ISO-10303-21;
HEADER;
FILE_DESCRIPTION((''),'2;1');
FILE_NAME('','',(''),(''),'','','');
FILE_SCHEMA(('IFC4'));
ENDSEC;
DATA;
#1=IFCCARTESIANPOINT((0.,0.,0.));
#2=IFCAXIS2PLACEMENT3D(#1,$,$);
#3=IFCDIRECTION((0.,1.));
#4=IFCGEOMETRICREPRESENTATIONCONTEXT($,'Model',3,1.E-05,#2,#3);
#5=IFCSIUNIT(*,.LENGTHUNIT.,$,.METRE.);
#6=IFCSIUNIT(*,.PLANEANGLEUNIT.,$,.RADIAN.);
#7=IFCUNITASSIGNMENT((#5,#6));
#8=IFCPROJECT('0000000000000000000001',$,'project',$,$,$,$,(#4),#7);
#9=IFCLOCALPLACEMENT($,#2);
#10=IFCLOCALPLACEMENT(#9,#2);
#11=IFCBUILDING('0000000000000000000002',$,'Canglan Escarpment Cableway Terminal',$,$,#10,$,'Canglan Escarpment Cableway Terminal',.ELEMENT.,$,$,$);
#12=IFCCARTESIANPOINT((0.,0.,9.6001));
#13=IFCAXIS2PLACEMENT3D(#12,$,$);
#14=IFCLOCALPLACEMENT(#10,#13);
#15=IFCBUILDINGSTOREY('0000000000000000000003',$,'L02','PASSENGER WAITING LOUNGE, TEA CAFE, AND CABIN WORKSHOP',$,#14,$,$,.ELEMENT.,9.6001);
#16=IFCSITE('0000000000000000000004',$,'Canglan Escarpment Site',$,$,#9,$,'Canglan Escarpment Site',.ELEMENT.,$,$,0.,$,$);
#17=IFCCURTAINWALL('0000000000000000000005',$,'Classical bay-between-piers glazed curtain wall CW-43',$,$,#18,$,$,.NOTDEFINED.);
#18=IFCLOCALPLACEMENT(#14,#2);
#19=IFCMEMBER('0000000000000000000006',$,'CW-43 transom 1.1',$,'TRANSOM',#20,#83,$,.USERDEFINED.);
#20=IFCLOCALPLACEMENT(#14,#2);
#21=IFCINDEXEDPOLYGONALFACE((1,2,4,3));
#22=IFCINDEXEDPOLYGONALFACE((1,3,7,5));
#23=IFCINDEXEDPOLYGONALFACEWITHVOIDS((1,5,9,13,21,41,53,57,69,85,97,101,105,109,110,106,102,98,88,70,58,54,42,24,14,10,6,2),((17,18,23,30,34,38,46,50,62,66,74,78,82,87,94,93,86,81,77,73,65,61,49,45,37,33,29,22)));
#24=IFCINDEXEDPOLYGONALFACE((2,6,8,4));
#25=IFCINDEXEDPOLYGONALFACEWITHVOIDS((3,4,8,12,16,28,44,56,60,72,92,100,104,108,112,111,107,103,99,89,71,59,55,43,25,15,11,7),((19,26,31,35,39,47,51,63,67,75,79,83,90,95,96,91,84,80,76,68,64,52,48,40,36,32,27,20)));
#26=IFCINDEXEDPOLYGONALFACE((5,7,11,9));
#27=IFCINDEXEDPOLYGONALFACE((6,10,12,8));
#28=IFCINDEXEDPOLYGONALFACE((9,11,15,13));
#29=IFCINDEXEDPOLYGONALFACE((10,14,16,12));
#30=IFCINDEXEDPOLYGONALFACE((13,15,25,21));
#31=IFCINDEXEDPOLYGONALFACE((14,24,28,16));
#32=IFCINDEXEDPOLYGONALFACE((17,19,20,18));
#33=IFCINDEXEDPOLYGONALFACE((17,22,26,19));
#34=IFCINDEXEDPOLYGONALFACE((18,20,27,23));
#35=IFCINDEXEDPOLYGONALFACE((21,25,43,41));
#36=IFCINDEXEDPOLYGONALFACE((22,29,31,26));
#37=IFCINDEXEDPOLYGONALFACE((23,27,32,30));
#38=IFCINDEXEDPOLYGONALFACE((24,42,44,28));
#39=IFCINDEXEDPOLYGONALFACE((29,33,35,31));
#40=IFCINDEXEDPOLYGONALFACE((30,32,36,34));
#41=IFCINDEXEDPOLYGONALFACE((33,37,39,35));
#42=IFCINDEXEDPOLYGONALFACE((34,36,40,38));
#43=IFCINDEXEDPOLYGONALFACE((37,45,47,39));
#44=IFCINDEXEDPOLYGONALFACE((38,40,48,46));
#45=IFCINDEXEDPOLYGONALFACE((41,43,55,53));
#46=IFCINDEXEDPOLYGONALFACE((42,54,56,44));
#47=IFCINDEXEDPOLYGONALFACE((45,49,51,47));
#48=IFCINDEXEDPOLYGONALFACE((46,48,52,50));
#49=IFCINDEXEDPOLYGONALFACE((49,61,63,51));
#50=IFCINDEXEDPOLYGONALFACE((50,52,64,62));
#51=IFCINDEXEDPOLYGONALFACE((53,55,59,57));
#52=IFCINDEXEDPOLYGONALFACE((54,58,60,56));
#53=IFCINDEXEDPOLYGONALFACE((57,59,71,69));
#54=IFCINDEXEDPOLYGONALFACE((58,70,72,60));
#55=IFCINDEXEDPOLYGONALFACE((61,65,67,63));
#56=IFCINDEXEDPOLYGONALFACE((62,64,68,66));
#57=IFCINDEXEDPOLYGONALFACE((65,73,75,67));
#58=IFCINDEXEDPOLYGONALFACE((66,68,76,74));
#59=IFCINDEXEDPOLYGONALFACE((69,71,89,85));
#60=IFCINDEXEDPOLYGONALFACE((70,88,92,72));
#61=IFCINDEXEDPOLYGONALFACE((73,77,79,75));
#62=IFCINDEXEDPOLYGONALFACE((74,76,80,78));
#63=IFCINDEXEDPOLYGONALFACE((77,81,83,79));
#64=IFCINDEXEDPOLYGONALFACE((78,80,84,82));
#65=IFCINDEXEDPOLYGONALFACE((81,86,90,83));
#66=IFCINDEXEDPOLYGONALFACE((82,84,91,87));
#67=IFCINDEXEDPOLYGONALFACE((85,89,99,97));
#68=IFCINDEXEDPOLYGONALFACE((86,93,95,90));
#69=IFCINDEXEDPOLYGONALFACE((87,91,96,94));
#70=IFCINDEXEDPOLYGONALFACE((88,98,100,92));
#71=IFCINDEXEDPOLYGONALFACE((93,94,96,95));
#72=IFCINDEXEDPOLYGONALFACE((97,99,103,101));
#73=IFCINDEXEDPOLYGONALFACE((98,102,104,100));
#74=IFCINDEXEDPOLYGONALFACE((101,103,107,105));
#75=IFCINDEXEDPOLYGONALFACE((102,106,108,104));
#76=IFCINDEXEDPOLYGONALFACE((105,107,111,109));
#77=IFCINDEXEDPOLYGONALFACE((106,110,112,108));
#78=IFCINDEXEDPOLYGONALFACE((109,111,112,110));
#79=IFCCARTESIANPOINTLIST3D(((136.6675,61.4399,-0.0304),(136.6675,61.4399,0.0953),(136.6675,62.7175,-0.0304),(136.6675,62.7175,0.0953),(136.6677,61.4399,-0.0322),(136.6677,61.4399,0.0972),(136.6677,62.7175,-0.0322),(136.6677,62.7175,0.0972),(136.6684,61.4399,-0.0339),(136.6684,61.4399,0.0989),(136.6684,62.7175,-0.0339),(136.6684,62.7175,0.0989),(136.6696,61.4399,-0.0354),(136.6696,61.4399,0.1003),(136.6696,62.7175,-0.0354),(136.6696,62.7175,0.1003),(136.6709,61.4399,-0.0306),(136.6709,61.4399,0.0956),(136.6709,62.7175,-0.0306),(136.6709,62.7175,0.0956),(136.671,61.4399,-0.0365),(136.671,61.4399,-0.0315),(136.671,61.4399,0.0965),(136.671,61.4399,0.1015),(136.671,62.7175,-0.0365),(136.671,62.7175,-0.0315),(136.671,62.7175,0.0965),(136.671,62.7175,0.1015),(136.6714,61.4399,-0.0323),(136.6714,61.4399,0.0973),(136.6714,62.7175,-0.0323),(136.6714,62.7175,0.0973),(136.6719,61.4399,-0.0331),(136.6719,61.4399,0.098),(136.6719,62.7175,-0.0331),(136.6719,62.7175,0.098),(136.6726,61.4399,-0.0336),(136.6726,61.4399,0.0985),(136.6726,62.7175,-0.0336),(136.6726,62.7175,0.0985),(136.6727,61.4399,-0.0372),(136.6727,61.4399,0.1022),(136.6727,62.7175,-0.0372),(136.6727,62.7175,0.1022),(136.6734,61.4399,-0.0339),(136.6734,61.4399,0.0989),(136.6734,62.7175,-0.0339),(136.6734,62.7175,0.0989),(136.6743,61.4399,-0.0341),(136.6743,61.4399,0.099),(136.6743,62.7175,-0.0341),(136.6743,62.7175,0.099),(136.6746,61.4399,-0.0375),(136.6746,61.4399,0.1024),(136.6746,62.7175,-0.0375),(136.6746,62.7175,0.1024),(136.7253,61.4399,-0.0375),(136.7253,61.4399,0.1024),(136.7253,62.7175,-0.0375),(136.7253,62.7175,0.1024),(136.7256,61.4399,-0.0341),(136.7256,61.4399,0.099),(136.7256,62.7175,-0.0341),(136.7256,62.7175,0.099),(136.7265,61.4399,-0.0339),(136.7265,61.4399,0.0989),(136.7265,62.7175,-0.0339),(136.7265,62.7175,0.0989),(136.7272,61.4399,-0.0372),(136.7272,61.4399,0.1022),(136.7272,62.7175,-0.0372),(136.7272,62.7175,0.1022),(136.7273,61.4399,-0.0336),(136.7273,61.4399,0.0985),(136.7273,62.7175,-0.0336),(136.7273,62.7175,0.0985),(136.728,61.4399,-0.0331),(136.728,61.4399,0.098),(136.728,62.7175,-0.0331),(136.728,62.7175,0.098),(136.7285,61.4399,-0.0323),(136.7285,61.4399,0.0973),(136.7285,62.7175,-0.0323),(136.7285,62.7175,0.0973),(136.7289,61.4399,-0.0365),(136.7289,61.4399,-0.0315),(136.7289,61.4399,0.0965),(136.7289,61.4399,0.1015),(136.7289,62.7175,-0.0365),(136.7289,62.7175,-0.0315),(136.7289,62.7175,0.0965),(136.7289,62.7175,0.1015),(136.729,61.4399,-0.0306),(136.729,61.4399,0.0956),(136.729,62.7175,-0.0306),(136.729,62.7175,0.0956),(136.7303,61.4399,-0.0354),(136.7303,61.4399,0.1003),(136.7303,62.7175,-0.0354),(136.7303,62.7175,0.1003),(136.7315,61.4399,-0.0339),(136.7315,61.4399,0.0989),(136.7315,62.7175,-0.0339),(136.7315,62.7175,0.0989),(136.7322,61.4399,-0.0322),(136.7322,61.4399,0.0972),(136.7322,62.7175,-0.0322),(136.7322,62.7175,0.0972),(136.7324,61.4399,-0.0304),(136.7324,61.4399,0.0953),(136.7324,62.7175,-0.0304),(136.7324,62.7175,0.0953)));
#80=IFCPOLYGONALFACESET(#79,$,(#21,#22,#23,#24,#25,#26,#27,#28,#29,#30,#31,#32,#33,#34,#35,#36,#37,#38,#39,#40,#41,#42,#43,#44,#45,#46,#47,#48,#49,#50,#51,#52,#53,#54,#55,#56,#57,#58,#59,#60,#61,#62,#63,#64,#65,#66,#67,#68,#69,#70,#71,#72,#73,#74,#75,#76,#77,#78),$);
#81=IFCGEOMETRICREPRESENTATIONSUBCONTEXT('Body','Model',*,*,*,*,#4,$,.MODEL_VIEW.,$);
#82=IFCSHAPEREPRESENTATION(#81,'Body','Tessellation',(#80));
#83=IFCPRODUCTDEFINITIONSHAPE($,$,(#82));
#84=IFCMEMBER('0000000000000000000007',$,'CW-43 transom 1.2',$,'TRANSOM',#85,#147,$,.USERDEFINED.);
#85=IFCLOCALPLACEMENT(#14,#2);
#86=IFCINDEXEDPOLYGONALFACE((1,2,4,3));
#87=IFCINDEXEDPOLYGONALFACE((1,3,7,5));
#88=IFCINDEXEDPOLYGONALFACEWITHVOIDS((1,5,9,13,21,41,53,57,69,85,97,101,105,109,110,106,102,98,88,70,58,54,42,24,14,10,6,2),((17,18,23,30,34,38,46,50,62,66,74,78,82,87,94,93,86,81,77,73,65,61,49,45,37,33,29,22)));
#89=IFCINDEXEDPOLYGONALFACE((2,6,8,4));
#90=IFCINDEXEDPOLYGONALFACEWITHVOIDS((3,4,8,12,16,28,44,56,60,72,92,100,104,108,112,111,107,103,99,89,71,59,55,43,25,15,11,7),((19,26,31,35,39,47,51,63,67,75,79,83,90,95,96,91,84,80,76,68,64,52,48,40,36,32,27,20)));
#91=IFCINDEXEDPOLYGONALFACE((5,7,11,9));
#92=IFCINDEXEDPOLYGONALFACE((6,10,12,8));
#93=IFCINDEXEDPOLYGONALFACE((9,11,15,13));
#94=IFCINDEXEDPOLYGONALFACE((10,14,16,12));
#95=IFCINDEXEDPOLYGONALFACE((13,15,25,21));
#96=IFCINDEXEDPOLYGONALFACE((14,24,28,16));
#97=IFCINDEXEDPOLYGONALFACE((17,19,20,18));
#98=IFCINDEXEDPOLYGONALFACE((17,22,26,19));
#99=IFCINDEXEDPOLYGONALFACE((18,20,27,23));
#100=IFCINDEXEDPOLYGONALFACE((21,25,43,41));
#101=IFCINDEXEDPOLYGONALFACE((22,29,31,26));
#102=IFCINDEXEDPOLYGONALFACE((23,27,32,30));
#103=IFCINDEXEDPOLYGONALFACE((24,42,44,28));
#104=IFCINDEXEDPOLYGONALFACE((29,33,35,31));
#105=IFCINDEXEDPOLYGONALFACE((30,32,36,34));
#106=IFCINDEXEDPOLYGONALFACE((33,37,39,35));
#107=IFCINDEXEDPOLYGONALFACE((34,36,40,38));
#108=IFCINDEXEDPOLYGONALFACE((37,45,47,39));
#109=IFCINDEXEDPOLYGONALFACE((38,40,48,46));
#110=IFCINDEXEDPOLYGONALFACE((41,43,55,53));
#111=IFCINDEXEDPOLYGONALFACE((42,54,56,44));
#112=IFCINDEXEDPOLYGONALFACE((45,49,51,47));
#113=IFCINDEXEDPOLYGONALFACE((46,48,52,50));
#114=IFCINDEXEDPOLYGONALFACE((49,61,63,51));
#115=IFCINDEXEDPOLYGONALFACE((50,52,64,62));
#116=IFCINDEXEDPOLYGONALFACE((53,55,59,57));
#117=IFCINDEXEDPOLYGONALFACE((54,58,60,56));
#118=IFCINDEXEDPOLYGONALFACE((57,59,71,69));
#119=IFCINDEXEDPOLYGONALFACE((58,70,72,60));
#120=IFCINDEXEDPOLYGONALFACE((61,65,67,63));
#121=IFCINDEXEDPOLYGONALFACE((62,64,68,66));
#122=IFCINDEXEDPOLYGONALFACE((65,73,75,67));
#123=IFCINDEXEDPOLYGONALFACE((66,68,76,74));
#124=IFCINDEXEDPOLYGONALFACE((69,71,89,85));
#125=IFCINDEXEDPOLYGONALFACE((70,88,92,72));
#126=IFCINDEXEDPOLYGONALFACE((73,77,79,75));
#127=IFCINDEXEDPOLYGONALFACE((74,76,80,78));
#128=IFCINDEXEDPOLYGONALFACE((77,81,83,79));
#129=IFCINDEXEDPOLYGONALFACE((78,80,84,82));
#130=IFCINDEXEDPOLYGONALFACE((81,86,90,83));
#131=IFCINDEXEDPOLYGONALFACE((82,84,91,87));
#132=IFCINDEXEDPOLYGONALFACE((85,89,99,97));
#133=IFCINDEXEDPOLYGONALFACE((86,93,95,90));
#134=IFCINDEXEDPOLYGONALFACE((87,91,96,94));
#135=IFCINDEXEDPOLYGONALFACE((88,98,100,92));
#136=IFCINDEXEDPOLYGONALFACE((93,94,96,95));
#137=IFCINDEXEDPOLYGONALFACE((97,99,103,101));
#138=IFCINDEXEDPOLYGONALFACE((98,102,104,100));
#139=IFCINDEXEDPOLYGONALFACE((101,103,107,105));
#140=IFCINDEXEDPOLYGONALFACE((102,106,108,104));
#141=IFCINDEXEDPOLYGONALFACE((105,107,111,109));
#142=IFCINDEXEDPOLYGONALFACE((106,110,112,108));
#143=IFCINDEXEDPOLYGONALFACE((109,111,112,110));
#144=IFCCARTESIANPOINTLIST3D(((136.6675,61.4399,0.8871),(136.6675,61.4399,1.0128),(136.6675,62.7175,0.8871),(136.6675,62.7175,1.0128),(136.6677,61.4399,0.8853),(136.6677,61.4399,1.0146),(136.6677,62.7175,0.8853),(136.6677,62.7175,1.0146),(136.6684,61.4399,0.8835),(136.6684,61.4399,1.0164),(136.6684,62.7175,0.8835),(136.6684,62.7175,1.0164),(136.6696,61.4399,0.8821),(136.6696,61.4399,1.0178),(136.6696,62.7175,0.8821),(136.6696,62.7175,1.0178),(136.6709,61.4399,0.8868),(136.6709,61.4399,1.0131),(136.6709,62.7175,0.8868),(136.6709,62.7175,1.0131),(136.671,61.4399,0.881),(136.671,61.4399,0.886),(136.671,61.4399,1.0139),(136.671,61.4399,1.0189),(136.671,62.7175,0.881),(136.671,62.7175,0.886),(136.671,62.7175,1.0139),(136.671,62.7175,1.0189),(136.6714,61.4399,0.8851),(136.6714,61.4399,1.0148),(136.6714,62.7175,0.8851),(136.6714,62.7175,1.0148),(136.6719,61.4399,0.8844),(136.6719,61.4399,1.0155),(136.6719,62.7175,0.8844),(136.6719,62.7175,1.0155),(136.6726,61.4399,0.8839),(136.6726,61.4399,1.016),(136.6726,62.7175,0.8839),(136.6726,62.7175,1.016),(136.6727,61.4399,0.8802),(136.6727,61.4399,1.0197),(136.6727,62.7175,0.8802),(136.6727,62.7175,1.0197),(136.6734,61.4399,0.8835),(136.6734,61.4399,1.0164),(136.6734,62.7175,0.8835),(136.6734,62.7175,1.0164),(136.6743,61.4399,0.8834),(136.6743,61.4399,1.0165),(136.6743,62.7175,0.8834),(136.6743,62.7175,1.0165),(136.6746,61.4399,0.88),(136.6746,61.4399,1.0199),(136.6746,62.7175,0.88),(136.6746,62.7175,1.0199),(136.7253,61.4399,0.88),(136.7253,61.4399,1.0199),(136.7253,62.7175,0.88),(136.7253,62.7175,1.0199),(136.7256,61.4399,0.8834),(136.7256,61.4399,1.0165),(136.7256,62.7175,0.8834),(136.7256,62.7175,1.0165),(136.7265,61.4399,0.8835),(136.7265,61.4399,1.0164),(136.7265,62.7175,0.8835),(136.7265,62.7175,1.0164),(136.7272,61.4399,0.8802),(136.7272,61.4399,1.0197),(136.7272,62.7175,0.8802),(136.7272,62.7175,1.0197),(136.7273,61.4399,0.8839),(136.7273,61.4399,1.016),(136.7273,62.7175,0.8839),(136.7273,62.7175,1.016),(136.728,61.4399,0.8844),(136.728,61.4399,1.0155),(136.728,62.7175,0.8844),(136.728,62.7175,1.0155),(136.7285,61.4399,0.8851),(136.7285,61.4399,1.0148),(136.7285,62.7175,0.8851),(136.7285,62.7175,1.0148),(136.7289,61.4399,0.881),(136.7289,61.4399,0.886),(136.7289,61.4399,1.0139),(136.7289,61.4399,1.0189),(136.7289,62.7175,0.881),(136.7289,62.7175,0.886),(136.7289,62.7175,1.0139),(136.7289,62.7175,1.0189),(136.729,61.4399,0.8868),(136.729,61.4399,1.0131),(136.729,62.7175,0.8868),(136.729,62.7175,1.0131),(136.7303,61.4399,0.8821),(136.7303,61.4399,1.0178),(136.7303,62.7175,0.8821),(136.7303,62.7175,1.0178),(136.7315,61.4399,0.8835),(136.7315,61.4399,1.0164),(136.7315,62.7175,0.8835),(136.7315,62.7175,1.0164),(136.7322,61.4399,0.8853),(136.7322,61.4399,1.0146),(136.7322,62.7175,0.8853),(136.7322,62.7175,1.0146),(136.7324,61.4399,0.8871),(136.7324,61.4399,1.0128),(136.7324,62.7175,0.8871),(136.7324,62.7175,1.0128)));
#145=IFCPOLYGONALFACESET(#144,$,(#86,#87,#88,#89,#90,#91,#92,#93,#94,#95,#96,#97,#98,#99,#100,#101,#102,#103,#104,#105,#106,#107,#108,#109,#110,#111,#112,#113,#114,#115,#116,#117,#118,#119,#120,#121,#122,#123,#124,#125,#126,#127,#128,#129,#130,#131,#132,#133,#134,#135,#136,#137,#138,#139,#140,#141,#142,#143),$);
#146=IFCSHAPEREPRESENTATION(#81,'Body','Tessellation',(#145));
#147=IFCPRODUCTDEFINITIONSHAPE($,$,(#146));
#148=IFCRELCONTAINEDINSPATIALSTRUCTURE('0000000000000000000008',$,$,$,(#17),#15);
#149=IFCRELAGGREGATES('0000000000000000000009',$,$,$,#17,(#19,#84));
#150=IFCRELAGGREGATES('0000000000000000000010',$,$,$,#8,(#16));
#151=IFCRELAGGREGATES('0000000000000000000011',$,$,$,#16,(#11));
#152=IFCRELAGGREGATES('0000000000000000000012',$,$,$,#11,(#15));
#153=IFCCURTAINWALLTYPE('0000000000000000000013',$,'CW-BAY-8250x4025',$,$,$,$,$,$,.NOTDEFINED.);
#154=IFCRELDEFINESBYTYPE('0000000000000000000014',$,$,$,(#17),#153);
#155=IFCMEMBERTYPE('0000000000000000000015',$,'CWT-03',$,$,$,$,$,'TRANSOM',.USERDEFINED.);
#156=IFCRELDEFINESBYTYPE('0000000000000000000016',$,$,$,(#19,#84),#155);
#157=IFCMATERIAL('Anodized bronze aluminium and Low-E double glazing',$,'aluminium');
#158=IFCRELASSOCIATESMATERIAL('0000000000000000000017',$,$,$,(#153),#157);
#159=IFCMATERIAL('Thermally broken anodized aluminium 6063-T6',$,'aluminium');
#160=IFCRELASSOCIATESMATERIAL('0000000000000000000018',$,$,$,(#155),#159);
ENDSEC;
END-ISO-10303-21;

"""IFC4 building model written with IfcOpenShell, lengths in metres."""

from ifc_helpers import new_model, si_unit, direction, frame, origin, origin_2d, place, context, subcontext, project, spatial, hollow_rectangle, extrude, material, material_profile, profile_set, type_object, element, aggregate, save


model = new_model("IFC4")

# Units and contexts
model_context = context("Model", 3, precision=1e-05, world=origin(), true_north=direction((0.0, 1.0)))
body_context = subcontext(model_context, "Body", "Model", "MODEL_VIEW")
ifc_project = project(units=[si_unit("LENGTHUNIT", "METRE"), si_unit("PLANEANGLEUNIT", "RADIAN")], contexts=[model_context])

# Site, building, storey
site_placement = place(None, origin())
site = spatial("IfcSite", under=ifc_project, at=site_placement, Name="Canglan Escarpment Site", LongName="Canglan Escarpment Site", CompositionType="ELEMENT", RefElevation=0.0)
building_placement = place(site_placement, origin())
building = spatial("IfcBuilding", under=site, at=building_placement, Name="Canglan Escarpment Cableway Terminal", LongName="Canglan Escarpment Cableway Terminal", CompositionType="ELEMENT")
storey_placement = place(building_placement, frame((0.0, 0.0, 9.6001)))
storey = spatial("IfcBuildingStorey", under=building, at=storey_placement, Name="L02", Description="PASSENGER WAITING LOUNGE, TEA CAFE, AND CABIN WORKSHOP", CompositionType="ELEMENT", Elevation=9.6001)

# Curtain wall
ifc_material_1 = material(Name="Anodized bronze aluminium and Low-E double glazing", Category="aluminium")
curtain_wall_type = type_object("IfcCurtainWallType", Name="CW-BAY-8250x4025", PredefinedType="NOTDEFINED", material=ifc_material_1)
ifc_material_2 = material(Name="Thermally broken anodized aluminium 6063-T6", Category="aluminium")
curtain_wall_1_placement = place(storey_placement, origin())
curtain_wall_1 = element("IfcCurtainWall", 1, at=curtain_wall_1_placement, inside=storey, type_object=curtain_wall_type, Name="Classical bay-between-piers glazed curtain wall CW-43", PredefinedType="NOTDEFINED")

# Members
ifc_material_profile_1 = material_profile(ifc_material_2, hollow_rectangle(XDim=0.0649, YDim=0.1399, WallThickness=0.0034, InnerFilletRadius=0.0034, OuterFilletRadius=0.0071, at=origin_2d()), Name="ALU-TRAN 65x140x3.5")
ifc_profile_set_1 = profile_set([ifc_material_profile_1], Name="Thermally broken anodized aluminium 6063-T6")
member_type_1 = type_object("IfcMemberType", Name="CWT-03", ElementType="TRANSOM", PredefinedType="USERDEFINED", material=ifc_profile_set_1)
member_1_placement = place(storey_placement, frame((136.7, 61.4399, 0.0325), z_axis=(0.0, 1.0, 0.0), x_axis=(-1.0, 0.0, 0.0)))
member_1 = element("IfcMember", 2, at=member_1_placement, type_object=member_type_1, Name="CW-43 transom 1.1", ObjectType="TRANSOM", PredefinedType="USERDEFINED", context=body_context, shape_type="SweptSolid", body=[
    extrude(hollow_rectangle(XDim=0.0649, YDim=0.1399, WallThickness=0.0034, InnerFilletRadius=0.0034, OuterFilletRadius=0.0071, at=origin_2d()), origin(), (0.0, 0.0, 1.0), 1.2776),
])
member_2_placement = place(storey_placement, frame((136.7, 61.4399, 0.95), z_axis=(0.0, 1.0, 0.0), x_axis=(-1.0, 0.0, 0.0)))
member_2 = element("IfcMember", 3, at=member_2_placement, type_object=member_type_1, Name="CW-43 transom 1.2", ObjectType="TRANSOM", PredefinedType="USERDEFINED", context=body_context, shape_type="SweptSolid", body=[
    extrude(hollow_rectangle(XDim=0.0649, YDim=0.1399, WallThickness=0.0034, InnerFilletRadius=0.0034, OuterFilletRadius=0.0071, at=origin_2d()), origin(), (0.0, 0.0, 1.0), 1.2776),
])

aggregate(curtain_wall_1, [member_1, member_2])

save(model, "model.ifc")
